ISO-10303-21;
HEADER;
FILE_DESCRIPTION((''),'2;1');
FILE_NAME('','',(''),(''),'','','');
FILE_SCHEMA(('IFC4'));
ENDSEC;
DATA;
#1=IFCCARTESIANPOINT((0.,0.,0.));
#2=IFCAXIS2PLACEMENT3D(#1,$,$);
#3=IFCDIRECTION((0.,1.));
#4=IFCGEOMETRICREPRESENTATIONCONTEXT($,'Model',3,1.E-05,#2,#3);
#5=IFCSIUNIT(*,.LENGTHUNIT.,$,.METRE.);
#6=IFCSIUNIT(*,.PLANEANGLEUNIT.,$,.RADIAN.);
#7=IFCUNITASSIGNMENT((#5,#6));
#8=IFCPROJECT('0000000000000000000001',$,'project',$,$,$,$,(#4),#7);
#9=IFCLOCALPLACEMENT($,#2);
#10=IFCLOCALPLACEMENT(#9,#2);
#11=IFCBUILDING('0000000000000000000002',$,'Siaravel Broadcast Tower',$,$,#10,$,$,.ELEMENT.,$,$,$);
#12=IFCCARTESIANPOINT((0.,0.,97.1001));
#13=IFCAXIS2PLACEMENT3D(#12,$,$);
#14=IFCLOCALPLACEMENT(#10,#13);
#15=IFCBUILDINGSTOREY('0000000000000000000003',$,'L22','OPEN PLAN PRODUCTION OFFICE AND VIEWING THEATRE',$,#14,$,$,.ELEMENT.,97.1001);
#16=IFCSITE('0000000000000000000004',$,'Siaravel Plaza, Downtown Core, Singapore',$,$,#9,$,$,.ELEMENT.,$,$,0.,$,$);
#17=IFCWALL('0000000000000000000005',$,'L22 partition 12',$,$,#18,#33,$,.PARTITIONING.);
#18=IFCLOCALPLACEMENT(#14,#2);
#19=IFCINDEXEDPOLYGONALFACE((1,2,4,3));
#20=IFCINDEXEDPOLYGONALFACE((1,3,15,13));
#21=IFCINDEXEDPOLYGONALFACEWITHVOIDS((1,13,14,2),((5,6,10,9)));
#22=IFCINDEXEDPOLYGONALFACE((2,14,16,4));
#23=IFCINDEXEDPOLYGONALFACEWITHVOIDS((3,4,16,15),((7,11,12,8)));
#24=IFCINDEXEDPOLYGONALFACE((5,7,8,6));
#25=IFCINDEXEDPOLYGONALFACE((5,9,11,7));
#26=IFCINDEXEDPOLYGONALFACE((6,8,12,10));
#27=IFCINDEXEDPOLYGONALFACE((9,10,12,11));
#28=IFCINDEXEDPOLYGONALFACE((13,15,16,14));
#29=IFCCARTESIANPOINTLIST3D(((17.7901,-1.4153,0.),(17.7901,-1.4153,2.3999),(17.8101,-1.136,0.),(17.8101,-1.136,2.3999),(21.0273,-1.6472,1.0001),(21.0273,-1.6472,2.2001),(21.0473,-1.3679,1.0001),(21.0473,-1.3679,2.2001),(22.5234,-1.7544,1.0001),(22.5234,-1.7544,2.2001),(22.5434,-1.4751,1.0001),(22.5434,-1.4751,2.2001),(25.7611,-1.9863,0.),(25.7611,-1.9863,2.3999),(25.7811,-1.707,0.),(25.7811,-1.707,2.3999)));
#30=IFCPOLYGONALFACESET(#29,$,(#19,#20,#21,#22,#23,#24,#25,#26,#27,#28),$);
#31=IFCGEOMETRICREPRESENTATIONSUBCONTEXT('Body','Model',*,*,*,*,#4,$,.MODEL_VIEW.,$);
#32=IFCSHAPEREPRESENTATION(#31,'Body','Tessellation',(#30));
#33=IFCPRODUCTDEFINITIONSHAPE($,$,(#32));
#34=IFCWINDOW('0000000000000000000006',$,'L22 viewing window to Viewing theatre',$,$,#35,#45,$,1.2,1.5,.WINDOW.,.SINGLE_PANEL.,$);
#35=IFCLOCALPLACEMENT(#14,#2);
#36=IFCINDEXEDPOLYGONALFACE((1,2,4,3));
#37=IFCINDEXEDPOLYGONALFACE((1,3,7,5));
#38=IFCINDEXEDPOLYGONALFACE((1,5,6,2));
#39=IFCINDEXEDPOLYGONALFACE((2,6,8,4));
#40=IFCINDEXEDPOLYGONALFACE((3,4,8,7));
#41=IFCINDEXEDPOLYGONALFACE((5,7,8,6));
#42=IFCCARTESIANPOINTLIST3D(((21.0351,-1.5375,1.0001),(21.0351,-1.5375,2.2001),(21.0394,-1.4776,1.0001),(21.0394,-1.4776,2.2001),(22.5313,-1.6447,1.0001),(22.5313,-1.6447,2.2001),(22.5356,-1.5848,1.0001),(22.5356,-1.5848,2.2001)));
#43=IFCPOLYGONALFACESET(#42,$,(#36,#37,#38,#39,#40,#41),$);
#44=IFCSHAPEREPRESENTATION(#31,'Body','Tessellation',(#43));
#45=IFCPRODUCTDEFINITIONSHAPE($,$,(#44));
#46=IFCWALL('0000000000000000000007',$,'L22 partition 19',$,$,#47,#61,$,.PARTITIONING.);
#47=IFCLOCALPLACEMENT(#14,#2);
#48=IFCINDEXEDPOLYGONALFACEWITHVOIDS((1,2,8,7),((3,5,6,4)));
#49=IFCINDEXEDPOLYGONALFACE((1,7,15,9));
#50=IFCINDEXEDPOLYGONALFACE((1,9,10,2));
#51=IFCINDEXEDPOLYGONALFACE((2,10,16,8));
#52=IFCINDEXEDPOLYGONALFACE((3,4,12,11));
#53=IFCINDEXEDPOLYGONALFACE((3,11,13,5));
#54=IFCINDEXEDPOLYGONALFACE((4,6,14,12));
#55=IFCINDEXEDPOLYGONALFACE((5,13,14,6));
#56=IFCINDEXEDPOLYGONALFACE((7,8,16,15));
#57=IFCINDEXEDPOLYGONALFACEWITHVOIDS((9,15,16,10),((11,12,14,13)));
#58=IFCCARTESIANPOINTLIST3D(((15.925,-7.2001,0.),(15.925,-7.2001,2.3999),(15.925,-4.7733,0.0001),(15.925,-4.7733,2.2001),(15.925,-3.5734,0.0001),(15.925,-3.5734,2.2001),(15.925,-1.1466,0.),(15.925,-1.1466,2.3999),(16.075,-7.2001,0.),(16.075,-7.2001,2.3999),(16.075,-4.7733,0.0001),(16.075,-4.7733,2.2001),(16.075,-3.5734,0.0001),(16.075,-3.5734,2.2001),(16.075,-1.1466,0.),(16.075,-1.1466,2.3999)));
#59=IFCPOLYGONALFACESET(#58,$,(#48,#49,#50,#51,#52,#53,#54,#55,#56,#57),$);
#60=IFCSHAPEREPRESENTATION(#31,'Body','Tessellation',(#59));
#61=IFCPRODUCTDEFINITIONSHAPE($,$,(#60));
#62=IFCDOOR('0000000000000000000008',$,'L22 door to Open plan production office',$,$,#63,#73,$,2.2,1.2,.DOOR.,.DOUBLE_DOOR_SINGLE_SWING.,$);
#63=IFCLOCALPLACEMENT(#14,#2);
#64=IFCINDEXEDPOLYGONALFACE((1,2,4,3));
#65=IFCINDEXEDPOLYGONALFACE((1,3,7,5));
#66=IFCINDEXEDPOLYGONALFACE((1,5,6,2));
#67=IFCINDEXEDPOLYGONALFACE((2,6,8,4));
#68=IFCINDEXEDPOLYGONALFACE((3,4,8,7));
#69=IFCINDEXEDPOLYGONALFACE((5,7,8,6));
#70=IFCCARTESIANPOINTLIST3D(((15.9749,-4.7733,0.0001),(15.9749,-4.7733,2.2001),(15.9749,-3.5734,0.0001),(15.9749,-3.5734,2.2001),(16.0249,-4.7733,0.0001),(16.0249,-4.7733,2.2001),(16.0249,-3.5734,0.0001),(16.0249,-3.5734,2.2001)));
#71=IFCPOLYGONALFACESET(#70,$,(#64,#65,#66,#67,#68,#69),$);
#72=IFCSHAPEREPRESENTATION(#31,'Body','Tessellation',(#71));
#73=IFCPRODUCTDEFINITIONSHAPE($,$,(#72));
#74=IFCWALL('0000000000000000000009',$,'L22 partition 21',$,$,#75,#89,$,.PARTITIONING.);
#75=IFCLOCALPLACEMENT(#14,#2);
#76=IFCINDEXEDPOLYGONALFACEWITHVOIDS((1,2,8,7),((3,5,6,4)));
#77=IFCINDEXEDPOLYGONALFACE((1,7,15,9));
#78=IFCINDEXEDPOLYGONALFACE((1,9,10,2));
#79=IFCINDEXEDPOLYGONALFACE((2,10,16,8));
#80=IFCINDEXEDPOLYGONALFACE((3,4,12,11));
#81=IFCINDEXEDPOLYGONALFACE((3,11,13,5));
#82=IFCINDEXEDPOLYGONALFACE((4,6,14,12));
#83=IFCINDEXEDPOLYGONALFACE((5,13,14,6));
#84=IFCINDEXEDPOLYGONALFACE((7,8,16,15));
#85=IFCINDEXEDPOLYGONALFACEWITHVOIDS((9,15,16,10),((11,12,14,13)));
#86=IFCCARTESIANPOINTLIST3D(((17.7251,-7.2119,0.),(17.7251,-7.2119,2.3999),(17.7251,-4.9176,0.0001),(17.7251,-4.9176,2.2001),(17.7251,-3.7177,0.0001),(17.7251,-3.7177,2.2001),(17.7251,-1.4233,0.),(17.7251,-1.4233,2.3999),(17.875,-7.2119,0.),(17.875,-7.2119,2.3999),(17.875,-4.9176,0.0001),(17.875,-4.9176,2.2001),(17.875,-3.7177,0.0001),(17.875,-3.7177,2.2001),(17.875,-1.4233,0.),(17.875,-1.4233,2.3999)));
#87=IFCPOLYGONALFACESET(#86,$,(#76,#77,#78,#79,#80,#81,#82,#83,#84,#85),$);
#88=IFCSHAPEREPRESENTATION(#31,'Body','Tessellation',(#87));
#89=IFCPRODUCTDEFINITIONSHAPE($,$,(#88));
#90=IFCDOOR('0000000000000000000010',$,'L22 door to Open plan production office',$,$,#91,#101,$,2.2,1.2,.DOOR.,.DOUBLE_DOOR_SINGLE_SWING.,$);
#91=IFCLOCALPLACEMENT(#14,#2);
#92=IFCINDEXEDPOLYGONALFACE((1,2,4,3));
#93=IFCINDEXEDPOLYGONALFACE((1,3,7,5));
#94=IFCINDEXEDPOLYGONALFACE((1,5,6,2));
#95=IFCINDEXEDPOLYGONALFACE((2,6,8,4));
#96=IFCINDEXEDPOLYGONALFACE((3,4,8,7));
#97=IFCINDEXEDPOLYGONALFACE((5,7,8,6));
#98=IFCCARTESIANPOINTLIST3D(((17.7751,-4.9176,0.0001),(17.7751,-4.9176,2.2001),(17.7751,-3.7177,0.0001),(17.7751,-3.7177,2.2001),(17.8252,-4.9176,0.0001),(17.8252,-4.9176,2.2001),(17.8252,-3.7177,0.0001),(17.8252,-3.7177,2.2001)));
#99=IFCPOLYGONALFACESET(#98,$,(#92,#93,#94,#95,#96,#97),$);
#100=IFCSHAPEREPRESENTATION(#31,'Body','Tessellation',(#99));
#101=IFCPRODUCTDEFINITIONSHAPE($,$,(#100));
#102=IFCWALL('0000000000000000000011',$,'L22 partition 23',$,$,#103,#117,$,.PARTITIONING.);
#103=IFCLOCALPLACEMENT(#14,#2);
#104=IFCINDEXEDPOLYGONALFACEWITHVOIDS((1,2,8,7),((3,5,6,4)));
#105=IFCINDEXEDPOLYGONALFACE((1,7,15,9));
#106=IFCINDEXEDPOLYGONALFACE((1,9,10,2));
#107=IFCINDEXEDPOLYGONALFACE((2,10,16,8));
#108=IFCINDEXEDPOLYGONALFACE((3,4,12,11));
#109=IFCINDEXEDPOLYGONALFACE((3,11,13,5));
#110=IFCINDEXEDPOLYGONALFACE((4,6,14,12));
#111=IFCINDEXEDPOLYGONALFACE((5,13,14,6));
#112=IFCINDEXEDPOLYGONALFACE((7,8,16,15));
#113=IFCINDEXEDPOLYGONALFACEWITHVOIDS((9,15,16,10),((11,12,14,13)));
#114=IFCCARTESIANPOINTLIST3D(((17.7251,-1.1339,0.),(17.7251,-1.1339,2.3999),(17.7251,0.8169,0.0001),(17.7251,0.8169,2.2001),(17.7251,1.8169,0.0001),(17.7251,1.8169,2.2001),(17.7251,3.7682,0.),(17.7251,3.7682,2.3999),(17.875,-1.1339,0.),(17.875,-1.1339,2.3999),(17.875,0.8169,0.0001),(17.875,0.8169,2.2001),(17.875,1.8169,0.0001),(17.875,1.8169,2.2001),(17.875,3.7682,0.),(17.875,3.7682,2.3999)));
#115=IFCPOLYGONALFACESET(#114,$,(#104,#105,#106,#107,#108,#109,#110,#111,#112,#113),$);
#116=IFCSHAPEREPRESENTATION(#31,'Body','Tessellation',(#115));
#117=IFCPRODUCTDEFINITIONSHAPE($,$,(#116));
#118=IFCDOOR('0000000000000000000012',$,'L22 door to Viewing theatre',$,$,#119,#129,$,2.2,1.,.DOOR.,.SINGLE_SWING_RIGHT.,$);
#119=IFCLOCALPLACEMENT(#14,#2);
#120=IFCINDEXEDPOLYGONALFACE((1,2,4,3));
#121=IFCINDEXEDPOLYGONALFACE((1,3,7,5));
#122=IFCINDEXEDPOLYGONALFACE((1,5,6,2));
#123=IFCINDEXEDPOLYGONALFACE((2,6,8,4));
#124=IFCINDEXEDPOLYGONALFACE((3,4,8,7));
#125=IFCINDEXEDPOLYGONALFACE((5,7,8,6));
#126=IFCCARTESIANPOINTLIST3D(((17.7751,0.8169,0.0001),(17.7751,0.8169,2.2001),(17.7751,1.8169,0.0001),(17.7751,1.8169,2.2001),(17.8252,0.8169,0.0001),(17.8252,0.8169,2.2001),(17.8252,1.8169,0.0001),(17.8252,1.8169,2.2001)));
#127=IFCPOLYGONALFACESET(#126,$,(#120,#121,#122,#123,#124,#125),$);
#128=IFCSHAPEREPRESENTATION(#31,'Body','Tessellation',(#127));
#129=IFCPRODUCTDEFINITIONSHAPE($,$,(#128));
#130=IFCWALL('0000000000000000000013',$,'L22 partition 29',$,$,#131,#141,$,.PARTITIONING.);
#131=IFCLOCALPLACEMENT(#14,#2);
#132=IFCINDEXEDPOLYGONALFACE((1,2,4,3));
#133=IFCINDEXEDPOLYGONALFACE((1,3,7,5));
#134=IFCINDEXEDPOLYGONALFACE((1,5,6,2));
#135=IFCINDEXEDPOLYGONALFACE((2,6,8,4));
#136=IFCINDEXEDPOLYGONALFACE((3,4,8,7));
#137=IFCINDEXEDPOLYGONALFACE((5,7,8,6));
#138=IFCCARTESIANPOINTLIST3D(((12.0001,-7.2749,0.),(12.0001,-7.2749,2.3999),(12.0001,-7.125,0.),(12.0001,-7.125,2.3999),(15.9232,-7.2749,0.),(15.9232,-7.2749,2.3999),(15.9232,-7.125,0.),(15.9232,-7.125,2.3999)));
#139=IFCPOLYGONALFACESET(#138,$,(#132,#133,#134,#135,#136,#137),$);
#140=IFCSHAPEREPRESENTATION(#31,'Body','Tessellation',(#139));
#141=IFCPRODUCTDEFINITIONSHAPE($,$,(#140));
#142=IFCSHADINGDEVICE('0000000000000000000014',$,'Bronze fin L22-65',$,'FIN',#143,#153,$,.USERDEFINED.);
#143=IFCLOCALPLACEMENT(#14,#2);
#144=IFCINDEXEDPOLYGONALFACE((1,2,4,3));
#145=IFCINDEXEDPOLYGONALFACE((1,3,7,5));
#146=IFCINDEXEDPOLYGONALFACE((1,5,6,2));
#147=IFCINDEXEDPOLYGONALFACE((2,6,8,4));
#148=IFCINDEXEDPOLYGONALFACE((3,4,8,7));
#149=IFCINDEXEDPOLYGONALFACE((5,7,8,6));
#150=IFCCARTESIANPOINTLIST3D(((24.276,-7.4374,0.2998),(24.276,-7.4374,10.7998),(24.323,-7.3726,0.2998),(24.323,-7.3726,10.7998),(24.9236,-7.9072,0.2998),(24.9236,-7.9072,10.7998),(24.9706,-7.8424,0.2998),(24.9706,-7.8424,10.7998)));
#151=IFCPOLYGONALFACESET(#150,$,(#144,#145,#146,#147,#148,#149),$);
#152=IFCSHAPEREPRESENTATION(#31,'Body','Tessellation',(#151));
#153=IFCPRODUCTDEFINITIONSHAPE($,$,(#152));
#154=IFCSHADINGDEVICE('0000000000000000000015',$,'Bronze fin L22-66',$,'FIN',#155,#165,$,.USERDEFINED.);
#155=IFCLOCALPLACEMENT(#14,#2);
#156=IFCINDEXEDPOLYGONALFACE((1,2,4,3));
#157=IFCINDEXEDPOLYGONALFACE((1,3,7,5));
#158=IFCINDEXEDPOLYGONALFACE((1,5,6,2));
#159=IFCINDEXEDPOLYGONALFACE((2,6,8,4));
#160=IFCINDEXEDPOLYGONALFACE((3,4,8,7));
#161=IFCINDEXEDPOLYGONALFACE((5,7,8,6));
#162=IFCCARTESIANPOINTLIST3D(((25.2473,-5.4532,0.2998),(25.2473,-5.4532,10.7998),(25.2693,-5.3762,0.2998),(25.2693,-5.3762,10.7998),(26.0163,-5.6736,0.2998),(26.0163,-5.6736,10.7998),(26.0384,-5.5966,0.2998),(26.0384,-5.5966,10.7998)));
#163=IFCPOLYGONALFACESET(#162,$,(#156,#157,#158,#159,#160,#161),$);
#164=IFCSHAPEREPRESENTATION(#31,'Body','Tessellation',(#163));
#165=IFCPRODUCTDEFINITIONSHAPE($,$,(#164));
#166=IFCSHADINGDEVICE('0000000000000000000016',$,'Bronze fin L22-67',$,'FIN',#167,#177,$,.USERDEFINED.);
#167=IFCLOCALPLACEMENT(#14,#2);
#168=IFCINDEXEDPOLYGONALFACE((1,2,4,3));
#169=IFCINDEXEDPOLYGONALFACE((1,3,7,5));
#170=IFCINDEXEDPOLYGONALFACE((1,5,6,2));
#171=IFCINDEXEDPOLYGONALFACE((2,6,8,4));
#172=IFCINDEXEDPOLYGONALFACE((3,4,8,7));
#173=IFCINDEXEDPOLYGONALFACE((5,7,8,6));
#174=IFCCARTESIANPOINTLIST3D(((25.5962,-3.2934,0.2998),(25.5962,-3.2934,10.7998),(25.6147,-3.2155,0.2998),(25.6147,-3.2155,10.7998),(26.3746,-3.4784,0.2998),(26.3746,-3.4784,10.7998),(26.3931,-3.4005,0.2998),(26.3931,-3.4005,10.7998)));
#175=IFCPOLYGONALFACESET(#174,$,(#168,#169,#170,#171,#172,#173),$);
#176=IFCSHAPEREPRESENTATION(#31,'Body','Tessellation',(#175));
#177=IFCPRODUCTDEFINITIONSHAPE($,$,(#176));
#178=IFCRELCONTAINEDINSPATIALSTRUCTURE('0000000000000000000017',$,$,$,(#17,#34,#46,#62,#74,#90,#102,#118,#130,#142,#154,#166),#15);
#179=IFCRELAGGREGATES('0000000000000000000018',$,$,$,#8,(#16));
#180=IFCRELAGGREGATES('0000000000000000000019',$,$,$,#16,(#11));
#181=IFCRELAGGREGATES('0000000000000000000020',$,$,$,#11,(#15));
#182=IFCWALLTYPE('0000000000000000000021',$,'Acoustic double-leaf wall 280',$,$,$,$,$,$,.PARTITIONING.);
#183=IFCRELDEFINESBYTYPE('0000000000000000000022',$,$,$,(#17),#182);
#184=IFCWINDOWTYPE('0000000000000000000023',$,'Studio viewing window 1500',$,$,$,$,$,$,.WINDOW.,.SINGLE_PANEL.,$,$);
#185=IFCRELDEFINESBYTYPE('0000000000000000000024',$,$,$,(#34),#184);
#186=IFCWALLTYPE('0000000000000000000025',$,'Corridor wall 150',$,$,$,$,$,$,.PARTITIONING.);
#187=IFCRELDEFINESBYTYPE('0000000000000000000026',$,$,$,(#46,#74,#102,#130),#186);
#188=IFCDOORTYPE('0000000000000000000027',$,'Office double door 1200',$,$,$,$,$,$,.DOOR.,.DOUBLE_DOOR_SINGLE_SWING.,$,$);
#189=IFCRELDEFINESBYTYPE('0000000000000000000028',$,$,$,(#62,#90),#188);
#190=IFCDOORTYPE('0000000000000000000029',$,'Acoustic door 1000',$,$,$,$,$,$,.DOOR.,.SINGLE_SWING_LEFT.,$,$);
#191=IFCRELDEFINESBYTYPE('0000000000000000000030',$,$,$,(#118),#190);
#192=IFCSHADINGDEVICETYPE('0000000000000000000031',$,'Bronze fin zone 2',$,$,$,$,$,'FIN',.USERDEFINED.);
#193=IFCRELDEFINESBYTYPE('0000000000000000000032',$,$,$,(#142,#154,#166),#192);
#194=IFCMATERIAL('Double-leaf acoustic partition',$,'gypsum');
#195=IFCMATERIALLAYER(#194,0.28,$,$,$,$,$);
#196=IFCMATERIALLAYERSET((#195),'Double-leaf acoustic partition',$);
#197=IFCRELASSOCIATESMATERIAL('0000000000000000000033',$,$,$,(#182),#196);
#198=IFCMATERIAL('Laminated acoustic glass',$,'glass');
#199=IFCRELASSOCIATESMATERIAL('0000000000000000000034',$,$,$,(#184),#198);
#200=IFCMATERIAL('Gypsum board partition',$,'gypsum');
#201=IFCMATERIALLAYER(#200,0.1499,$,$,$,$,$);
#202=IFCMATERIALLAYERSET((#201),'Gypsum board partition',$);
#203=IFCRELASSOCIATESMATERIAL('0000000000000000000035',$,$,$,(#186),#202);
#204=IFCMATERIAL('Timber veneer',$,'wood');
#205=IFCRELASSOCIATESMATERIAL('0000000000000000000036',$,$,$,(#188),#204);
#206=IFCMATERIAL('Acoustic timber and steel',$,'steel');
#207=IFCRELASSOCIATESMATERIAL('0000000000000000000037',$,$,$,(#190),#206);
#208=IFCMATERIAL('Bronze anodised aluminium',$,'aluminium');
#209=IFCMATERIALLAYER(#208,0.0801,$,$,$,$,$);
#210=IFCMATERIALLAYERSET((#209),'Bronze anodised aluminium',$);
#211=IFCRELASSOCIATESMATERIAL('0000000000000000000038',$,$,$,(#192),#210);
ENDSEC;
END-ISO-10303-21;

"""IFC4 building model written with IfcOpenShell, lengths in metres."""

from ifc_helpers import new_model, si_unit, direction, frame, frame_2d, origin, origin_2d, place, context, subcontext, project, spatial, rectangle, extrude, material, layer, layer_set, type_object, element, fill, save


model = new_model("IFC4")

# Units and contexts
model_context = context("Model", 3, precision=1e-05, world=origin(), true_north=direction((0.0, 1.0)))
body_context = subcontext(model_context, "Body", "Model", "MODEL_VIEW")
ifc_project = project(units=[si_unit("LENGTHUNIT", "METRE"), si_unit("PLANEANGLEUNIT", "RADIAN")], contexts=[model_context])

# Site, building, storey
site_placement = place(None, origin())
site = spatial("IfcSite", under=ifc_project, at=site_placement, Name="Siaravel Plaza, Downtown Core, Singapore", CompositionType="ELEMENT", RefElevation=0.0)
building_placement = place(site_placement, origin())
building = spatial("IfcBuilding", under=site, at=building_placement, Name="Siaravel Broadcast Tower", CompositionType="ELEMENT")
storey_placement = place(building_placement, frame((0.0, 0.0, 97.1001)))
storey = spatial("IfcBuildingStorey", under=building, at=storey_placement, Name="L22", Description="OPEN PLAN PRODUCTION OFFICE AND VIEWING THEATRE", CompositionType="ELEMENT", Elevation=97.1001)

# Wall, opening, window
ifc_material_1 = material(Name="Double-leaf acoustic partition", Category="gypsum")
ifc_layer_1 = layer(ifc_material_1, 0.28)
ifc_layer_set_1 = layer_set([ifc_layer_1], Name="Double-leaf acoustic partition")
wall_type_1 = type_object("IfcWallType", Name="Acoustic double-leaf wall 280", PredefinedType="PARTITIONING", material=ifc_layer_set_1)
wall_1_placement = place(storey_placement, frame((25.771, -1.8467, 0.0), z_axis=(0.0, 0.0, 1.0), x_axis=(-0.997444, 0.071458, 0.0)))
wall_1 = element("IfcWall", 1, at=wall_1_placement, inside=storey, type_object=wall_type_1, Name="L22 partition 12", PredefinedType="PARTITIONING", context=body_context, shape_type="SweptSolid", body=[
    extrude(rectangle(XDim=7.9915, YDim=0.28, at=frame_2d((3.9956, 0.0))), origin(), (0.0, 0.0, 1.0), 2.3999),
])
opening_1_placement = place(wall_1_placement, frame((3.2458, 0.0, 1.0)))
opening_1 = element("IfcOpeningElement", 2, at=opening_1_placement, cuts=wall_1, PredefinedType="OPENING", context=body_context, shape_type="SweptSolid", body=[
    extrude(rectangle(XDim=1.5, YDim=1.2, at=frame_2d((0.75, 0.6001))), frame((0.0, 0.1499, 0.0), z_axis=(0.0, -1.0, 0.0), x_axis=(1.0, 0.0, 0.0)), (0.0, 0.0, 1.0), 0.3),
])
ifc_material_2 = material(Name="Laminated acoustic glass", Category="glass")
window_type = type_object("IfcWindowType", Name="Studio viewing window 1500", PartitioningType="SINGLE_PANEL", PredefinedType="WINDOW", material=ifc_material_2)
window_placement = place(opening_1_placement, origin())
window = element("IfcWindow", 3, at=window_placement, inside=storey, type_object=window_type, Name="L22 viewing window to Viewing theatre", OverallHeight=1.2, OverallWidth=1.5, PartitioningType="SINGLE_PANEL", PredefinedType="WINDOW", context=body_context, shape_type="SweptSolid", body=[
    extrude(rectangle(XDim=1.5, YDim=1.2, at=frame_2d((0.75, 0.6001))), frame((0.0, 0.03, 0.0), z_axis=(0.0, -1.0, 0.0), x_axis=(1.0, 0.0, 0.0)), (0.0, 0.0, 1.0), 0.0601),
])
fill(opening_1, window)

# Walls, openings, doors
ifc_material_3 = material(Name="Gypsum board partition", Category="gypsum")
ifc_layer_2 = layer(ifc_material_3, 0.1499)
ifc_layer_set_2 = layer_set([ifc_layer_2], Name="Gypsum board partition")
wall_type_2 = type_object("IfcWallType", Name="Corridor wall 150", PredefinedType="PARTITIONING", material=ifc_layer_set_2)
wall_2_placement = place(storey_placement, frame((16.0, -1.1465, 0.0), z_axis=(0.0, 0.0, 1.0), x_axis=(0.0, -1.0, 0.0)))
wall_2 = element("IfcWall", 4, at=wall_2_placement, inside=storey, type_object=wall_type_2, Name="L22 partition 19", PredefinedType="PARTITIONING", context=body_context, shape_type="SweptSolid", body=[
    extrude(rectangle(XDim=6.0535, YDim=0.1499, at=frame_2d((3.0269, 0.0))), origin(), (0.0, 0.0, 1.0), 2.3999),
])
opening_2_placement = place(wall_2_placement, frame((2.4268, 0.0, 0.0)))
opening_2 = element("IfcOpeningElement", 5, at=opening_2_placement, cuts=wall_2, PredefinedType="OPENING", context=body_context, shape_type="SweptSolid", body=[
    extrude(rectangle(XDim=1.2, YDim=2.2, at=frame_2d((0.6001, 1.1001))), frame((0.0, 0.085, 0.0), z_axis=(0.0, -1.0, 0.0), x_axis=(1.0, 0.0, 0.0)), (0.0, 0.0, 1.0), 0.1699),
])
ifc_material_4 = material(Name="Timber veneer", Category="wood")
door_type_1 = type_object("IfcDoorType", Name="Office double door 1200", OperationType="DOUBLE_DOOR_SINGLE_SWING", PredefinedType="DOOR", material=ifc_material_4)
door_1_placement = place(opening_2_placement, origin())
door_1 = element("IfcDoor", 6, at=door_1_placement, inside=storey, type_object=door_type_1, Name="L22 door to Open plan production office", OperationType="DOUBLE_DOOR_SINGLE_SWING", OverallHeight=2.2, OverallWidth=1.2, PredefinedType="DOOR", context=body_context, shape_type="SweptSolid", body=[
    extrude(rectangle(XDim=1.2, YDim=2.2, at=frame_2d((0.6001, 1.1001))), frame((0.0, 0.0249, 0.0), z_axis=(0.0, -1.0, 0.0), x_axis=(1.0, 0.0, 0.0)), (0.0, 0.0, 1.0), 0.05),
])
fill(opening_2, door_1)
wall_3_placement = place(storey_placement, frame((17.8, -7.2119, 0.0), z_axis=(0.0, 0.0, 1.0), x_axis=(0.0, 1.0, 0.0)))
wall_3 = element("IfcWall", 7, at=wall_3_placement, inside=storey, type_object=wall_type_2, Name="L22 partition 21", PredefinedType="PARTITIONING", context=body_context, shape_type="SweptSolid", body=[
    extrude(rectangle(XDim=5.7886, YDim=0.1499, at=frame_2d((2.8943, 0.0))), origin(), (0.0, 0.0, 1.0), 2.3999),
])
opening_3_placement = place(wall_3_placement, frame((2.2942, 0.0, 0.0)))
opening_3 = element("IfcOpeningElement", 8, at=opening_3_placement, cuts=wall_3, PredefinedType="OPENING", context=body_context, shape_type="SweptSolid", body=[
    extrude(rectangle(XDim=1.2, YDim=2.2, at=frame_2d((0.6001, 1.1001))), frame((0.0, 0.085, 0.0), z_axis=(0.0, -1.0, 0.0), x_axis=(1.0, 0.0, 0.0)), (0.0, 0.0, 1.0), 0.1699),
])
door_2_placement = place(opening_3_placement, origin())
door_2 = element("IfcDoor", 9, at=door_2_placement, inside=storey, type_object=door_type_1, Name="L22 door to Open plan production office", OperationType="DOUBLE_DOOR_SINGLE_SWING", OverallHeight=2.2, OverallWidth=1.2, PredefinedType="DOOR", context=body_context, shape_type="SweptSolid", body=[
    extrude(rectangle(XDim=1.2, YDim=2.2, at=frame_2d((0.6001, 1.1001))), frame((0.0, 0.0249, 0.0), z_axis=(0.0, -1.0, 0.0), x_axis=(1.0, 0.0, 0.0)), (0.0, 0.0, 1.0), 0.05),
])
fill(opening_3, door_2)
wall_4_placement = place(storey_placement, frame((17.8, -1.134, 0.0), z_axis=(0.0, 0.0, 1.0), x_axis=(0.0, 1.0, 0.0)))
wall_4 = element("IfcWall", 10, at=wall_4_placement, inside=storey, type_object=wall_type_2, Name="L22 partition 23", PredefinedType="PARTITIONING", context=body_context, shape_type="SweptSolid", body=[
    extrude(rectangle(XDim=4.9021, YDim=0.1499, at=frame_2d((2.4512, 0.0))), origin(), (0.0, 0.0, 1.0), 2.3999),
])
opening_4_placement = place(wall_4_placement, frame((1.9509, 0.0, 0.0)))
opening_4 = element("IfcOpeningElement", 11, at=opening_4_placement, cuts=wall_4, PredefinedType="OPENING", context=body_context, shape_type="SweptSolid", body=[
    extrude(rectangle(XDim=1.0, YDim=2.2, at=frame_2d((0.5, 1.1001))), frame((0.0, 0.085, 0.0), z_axis=(0.0, -1.0, 0.0), x_axis=(1.0, 0.0, 0.0)), (0.0, 0.0, 1.0), 0.1699),
])
ifc_material_5 = material(Name="Acoustic timber and steel", Category="steel")
door_type_2 = type_object("IfcDoorType", Name="Acoustic door 1000", OperationType="SINGLE_SWING_LEFT", PredefinedType="DOOR", material=ifc_material_5)
door_3_placement = place(opening_4_placement, origin())
door_3 = element("IfcDoor", 12, at=door_3_placement, inside=storey, type_object=door_type_2, Name="L22 door to Viewing theatre", OperationType="SINGLE_SWING_RIGHT", OverallHeight=2.2, OverallWidth=1.0, PredefinedType="DOOR", context=body_context, shape_type="SweptSolid", body=[
    extrude(rectangle(XDim=1.0, YDim=2.2, at=frame_2d((0.5, 1.1001))), frame((0.0, 0.0249, 0.0), z_axis=(0.0, -1.0, 0.0), x_axis=(1.0, 0.0, 0.0)), (0.0, 0.0, 1.0), 0.05),
])
fill(opening_4, door_3)

# Wall
wall_5_placement = place(storey_placement, frame((15.9231, -7.2, 0.0), z_axis=(0.0, 0.0, 1.0), x_axis=(-1.0, 0.0, 0.0)))
element("IfcWall", 13, at=wall_5_placement, inside=storey, type_object=wall_type_2, Name="L22 partition 29", PredefinedType="PARTITIONING", context=body_context, shape_type="SweptSolid", body=[
    extrude(rectangle(XDim=3.9231, YDim=0.1499, at=frame_2d((1.9614, 0.0))), origin(), (0.0, 0.0, 1.0), 2.3999),
])

# Shading devices
ifc_material_6 = material(Name="Bronze anodised aluminium", Category="aluminium")
ifc_layer_3 = layer(ifc_material_6, 0.0801)
ifc_layer_set_3 = layer_set([ifc_layer_3], Name="Bronze anodised aluminium")
shading_device_type = type_object("IfcShadingDeviceType", Name="Bronze fin zone 2", ElementType="FIN", PredefinedType="USERDEFINED", material=ifc_layer_set_3)
for number, where, z_axis, x_axis, name in (
    (14, (24.6233, -7.6399, 0.2998), (0.0, 0.0, 1.0), (0.809425, -0.587223, 0.0), "Bronze fin L22-65"),
    (15, (25.6428, -5.5249, 0.2998), (0.0, 0.0, 1.0), (0.961291, -0.275535, 0.0), "Bronze fin L22-66"),
    (16, (25.9946, -3.3469, 0.2998), (0.0, 0.0, 1.0), (0.9729, -0.231228, 0.0), "Bronze fin L22-67"),
):
    element("IfcShadingDevice", number, at=place(storey_placement, frame(where, z_axis=z_axis, x_axis=x_axis)), inside=storey, type_object=shading_device_type, Name=name, ObjectType="FIN", PredefinedType="USERDEFINED", context=body_context, shape_type="SweptSolid", body=[
        extrude(rectangle(XDim=0.8, YDim=0.0801, at=origin_2d()), origin(), (0.0, 0.0, 1.0), 10.5),
    ])

save(model, "model.ifc")
